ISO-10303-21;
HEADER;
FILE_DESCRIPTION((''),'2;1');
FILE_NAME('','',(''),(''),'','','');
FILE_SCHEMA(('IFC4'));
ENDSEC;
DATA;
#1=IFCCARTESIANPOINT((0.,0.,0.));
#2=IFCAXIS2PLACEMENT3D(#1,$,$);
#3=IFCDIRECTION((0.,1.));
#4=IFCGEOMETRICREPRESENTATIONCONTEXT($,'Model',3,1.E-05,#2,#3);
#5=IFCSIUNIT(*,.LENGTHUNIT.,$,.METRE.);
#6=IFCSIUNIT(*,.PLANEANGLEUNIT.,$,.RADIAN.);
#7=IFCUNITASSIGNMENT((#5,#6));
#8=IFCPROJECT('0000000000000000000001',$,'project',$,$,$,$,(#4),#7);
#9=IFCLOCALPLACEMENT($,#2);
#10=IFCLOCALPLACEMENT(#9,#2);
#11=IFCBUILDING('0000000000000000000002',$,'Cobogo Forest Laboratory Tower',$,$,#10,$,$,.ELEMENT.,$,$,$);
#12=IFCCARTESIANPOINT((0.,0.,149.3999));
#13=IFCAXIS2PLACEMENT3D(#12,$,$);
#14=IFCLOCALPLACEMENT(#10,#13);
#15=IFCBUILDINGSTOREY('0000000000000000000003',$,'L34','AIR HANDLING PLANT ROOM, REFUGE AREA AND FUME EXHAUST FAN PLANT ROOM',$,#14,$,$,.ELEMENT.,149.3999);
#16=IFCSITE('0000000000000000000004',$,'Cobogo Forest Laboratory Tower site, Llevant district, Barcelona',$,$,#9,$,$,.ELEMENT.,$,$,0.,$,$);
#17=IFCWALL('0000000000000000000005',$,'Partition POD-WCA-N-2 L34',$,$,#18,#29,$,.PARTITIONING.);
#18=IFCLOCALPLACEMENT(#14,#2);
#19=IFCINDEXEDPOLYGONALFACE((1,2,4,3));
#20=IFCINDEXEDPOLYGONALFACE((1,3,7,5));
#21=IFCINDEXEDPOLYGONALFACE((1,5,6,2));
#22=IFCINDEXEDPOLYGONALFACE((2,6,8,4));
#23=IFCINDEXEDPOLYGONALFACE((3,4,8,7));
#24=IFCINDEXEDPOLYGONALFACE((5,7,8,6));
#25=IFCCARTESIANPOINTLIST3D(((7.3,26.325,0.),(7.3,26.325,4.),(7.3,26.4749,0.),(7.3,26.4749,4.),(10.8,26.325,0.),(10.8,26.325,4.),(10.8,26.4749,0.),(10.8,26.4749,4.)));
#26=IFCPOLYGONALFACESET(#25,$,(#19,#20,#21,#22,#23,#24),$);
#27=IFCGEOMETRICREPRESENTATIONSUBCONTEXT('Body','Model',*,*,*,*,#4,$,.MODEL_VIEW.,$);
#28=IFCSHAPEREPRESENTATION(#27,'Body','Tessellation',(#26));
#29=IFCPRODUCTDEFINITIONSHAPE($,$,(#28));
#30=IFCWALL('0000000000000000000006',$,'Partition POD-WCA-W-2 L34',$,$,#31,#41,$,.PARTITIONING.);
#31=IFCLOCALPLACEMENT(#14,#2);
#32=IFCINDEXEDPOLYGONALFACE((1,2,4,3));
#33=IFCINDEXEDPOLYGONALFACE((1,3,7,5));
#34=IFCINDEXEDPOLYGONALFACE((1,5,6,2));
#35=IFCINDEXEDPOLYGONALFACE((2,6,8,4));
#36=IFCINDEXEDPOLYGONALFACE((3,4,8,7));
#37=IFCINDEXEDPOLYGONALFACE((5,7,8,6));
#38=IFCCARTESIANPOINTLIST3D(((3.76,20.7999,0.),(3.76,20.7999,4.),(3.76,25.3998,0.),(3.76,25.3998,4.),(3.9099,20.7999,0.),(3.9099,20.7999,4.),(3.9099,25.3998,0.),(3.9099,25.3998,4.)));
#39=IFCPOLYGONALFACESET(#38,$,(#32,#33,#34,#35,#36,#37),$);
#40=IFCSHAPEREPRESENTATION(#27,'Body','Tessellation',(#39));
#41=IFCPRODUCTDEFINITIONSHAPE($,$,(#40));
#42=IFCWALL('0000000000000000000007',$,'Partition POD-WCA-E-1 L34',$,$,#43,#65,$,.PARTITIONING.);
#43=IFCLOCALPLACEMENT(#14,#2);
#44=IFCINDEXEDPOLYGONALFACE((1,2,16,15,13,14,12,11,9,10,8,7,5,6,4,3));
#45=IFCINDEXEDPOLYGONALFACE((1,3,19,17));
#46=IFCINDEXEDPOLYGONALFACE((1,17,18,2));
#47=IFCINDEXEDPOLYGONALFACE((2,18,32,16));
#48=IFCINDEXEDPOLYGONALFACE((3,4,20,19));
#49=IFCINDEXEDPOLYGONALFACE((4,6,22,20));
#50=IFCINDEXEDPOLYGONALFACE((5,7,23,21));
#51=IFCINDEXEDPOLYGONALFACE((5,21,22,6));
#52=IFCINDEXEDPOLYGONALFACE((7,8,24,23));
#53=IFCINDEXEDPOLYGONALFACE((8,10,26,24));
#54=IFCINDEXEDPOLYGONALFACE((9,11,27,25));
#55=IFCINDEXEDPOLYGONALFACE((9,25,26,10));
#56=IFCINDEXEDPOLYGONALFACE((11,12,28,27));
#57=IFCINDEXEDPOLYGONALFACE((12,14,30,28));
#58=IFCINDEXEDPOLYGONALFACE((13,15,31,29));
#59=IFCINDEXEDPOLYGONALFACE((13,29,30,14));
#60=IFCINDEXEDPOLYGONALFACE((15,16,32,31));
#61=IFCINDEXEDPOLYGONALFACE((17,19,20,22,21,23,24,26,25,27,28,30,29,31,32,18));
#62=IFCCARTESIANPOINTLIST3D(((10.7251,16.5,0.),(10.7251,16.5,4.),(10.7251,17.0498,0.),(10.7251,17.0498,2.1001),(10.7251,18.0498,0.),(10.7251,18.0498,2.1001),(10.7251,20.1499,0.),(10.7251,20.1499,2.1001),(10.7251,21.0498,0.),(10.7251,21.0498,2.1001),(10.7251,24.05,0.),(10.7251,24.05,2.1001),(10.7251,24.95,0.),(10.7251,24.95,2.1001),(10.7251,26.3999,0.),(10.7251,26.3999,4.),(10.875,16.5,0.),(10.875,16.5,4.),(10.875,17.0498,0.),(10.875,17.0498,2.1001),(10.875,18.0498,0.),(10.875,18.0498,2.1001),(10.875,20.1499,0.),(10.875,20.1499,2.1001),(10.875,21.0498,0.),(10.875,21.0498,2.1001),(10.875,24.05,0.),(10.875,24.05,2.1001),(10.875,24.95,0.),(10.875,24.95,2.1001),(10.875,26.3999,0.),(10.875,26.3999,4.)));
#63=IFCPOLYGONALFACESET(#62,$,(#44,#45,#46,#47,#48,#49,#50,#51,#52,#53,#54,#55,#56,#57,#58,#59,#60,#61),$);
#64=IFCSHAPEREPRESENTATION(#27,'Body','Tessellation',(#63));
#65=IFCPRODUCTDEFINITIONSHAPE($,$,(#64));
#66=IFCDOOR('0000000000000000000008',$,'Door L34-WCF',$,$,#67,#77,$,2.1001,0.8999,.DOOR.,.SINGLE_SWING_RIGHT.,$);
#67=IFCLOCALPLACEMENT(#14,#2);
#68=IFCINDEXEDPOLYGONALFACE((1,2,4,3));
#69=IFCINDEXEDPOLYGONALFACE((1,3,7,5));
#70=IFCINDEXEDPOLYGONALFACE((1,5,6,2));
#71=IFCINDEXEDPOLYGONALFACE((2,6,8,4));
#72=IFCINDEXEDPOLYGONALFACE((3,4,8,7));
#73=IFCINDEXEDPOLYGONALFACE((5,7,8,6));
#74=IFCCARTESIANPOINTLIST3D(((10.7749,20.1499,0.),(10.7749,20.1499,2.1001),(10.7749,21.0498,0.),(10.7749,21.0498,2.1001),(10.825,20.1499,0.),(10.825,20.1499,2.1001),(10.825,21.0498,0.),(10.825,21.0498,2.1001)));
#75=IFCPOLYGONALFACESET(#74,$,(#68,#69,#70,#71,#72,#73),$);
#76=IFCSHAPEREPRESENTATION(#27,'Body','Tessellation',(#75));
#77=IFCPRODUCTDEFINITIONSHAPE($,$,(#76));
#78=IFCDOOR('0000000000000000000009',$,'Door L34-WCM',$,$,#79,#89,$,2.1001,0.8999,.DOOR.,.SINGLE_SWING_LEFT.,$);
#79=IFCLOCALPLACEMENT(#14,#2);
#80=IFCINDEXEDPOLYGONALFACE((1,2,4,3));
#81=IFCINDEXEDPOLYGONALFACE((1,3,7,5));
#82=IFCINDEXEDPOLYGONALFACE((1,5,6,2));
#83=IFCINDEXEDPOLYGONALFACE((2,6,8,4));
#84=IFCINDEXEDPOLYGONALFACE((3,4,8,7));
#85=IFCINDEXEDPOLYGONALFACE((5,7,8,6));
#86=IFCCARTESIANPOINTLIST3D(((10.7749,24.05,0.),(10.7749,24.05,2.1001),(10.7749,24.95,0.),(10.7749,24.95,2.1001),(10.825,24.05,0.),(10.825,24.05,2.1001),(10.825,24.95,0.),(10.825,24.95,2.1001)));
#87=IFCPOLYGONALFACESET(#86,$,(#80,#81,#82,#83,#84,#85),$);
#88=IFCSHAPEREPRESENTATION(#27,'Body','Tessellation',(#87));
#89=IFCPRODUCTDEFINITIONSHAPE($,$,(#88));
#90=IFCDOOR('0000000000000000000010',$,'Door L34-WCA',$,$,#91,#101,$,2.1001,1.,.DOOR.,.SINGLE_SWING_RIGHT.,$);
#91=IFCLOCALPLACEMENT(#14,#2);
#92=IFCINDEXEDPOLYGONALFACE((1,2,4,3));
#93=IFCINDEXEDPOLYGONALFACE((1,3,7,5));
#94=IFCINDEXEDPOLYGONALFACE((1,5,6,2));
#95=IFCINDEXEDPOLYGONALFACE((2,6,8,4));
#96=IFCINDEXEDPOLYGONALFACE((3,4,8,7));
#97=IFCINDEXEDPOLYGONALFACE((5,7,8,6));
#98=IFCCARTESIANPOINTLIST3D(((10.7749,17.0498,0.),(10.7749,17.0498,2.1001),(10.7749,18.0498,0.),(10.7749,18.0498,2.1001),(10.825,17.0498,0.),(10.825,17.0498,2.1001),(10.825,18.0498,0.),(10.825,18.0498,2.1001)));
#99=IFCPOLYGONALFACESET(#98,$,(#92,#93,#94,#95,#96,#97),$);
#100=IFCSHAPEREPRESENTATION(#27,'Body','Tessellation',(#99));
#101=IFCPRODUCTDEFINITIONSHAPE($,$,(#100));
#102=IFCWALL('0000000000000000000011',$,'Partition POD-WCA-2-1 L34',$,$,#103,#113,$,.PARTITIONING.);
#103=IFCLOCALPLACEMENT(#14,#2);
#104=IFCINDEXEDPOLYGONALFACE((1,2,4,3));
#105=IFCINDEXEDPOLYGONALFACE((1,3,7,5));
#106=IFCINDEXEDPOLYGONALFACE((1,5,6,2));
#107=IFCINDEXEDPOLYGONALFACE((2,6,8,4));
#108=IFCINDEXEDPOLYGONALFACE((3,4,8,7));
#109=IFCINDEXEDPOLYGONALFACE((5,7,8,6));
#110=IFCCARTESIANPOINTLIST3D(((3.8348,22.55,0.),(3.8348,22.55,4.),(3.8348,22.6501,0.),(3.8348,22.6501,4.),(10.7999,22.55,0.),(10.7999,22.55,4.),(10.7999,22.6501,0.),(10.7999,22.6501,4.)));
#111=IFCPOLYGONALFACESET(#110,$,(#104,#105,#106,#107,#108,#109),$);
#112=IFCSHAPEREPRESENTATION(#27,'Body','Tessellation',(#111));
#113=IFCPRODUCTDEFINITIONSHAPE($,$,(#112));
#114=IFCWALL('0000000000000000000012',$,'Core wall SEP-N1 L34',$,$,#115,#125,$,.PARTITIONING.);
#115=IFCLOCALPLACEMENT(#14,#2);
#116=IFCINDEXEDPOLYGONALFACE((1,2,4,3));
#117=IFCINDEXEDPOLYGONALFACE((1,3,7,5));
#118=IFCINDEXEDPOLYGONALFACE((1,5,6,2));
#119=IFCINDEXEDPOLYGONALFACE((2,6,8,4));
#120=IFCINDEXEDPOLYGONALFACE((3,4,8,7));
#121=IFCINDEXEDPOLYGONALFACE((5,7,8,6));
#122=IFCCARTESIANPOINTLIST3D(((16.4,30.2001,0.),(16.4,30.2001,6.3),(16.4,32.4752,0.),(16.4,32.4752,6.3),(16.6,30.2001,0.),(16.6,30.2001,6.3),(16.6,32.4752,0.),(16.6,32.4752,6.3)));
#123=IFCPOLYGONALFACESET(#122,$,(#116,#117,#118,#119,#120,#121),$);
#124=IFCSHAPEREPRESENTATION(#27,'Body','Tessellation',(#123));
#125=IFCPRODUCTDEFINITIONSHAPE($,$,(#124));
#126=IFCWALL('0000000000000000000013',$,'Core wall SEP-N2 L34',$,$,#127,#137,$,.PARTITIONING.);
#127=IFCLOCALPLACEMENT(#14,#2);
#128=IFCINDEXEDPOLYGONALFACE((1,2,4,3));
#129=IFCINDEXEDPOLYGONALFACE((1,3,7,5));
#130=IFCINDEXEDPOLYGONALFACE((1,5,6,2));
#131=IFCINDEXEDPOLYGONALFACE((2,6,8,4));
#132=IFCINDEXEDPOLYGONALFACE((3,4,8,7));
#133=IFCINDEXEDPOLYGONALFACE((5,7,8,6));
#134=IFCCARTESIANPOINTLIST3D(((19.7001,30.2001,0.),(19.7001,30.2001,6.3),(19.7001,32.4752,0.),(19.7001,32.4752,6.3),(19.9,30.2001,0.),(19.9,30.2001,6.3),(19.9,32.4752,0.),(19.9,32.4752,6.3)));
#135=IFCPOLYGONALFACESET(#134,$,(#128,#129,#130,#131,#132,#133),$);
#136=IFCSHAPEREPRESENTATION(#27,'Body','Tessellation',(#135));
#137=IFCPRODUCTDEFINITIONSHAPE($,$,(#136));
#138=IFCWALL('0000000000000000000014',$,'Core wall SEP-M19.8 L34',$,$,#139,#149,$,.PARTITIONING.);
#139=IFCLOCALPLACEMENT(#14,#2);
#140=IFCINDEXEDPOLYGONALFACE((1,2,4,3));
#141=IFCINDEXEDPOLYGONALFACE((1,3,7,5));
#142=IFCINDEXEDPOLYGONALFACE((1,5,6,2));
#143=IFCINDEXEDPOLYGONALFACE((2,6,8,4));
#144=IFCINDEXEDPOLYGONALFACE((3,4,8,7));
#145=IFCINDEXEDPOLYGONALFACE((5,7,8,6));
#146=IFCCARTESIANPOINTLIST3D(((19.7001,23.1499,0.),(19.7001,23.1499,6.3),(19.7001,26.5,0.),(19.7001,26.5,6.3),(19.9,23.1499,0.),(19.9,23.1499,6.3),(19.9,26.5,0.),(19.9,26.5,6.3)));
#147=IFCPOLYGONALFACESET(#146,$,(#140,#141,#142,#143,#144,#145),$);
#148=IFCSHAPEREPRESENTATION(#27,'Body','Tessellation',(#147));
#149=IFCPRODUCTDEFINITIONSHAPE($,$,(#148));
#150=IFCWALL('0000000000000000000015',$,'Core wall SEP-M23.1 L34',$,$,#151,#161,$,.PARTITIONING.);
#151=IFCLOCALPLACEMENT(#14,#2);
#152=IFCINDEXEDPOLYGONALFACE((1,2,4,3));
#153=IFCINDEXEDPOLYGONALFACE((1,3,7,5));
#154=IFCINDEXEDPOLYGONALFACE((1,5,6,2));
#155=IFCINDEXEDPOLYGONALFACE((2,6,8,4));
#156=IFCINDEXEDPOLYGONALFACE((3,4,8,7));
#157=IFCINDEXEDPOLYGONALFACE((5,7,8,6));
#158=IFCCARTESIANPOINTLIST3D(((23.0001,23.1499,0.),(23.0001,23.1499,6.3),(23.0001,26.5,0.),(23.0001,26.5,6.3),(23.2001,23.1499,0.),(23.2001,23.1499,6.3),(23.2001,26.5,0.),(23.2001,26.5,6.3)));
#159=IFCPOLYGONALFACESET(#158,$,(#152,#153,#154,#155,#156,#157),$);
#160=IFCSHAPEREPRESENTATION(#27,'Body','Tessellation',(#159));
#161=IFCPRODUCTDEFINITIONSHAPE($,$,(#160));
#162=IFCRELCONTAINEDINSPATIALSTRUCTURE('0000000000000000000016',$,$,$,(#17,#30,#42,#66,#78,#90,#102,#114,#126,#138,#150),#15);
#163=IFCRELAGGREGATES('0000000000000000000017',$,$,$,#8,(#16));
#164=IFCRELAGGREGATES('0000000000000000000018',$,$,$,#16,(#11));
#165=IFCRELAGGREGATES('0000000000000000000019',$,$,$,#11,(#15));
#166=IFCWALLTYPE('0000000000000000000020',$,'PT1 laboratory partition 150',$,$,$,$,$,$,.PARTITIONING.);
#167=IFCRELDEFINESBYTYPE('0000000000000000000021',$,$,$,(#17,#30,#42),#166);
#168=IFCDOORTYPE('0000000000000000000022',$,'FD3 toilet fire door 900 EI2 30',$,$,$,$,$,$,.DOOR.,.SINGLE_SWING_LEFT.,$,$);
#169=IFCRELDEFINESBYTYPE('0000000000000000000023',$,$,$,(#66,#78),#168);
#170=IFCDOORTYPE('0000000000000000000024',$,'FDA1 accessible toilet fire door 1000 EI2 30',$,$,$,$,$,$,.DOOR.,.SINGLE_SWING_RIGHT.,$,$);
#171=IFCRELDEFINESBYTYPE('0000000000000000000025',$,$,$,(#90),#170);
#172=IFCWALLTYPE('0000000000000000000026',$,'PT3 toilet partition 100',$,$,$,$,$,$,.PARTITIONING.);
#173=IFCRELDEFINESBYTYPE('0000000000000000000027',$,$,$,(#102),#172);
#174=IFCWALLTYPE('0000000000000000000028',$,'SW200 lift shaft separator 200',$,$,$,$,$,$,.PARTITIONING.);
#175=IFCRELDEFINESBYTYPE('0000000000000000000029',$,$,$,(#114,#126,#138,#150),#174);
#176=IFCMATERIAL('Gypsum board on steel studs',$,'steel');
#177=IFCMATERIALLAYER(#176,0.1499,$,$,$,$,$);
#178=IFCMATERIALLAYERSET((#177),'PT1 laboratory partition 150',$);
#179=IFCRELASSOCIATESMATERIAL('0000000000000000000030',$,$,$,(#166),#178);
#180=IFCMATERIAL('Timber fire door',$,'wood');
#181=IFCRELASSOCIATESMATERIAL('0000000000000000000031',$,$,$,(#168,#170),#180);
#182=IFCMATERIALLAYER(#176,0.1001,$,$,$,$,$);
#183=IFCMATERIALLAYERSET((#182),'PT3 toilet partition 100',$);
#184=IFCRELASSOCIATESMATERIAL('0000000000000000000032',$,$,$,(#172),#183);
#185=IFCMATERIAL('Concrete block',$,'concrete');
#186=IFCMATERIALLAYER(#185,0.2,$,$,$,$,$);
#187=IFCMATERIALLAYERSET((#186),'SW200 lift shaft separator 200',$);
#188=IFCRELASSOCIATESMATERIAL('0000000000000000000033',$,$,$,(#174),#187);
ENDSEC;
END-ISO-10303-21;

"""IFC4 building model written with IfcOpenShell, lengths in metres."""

from ifc_helpers import new_model, si_unit, direction, frame, frame_2d, origin, place, context, subcontext, project, spatial, rectangle, extrude, material, layer, layer_set, type_object, element, fill, save


model = new_model("IFC4")

# Units and contexts
model_context = context("Model", 3, precision=1e-05, world=origin(), true_north=direction((0.0, 1.0)))
body_context = subcontext(model_context, "Body", "Model", "MODEL_VIEW")
ifc_project = project(units=[si_unit("LENGTHUNIT", "METRE"), si_unit("PLANEANGLEUNIT", "RADIAN")], contexts=[model_context])

# Site, building, storey
site_placement = place(None, origin())
site = spatial("IfcSite", under=ifc_project, at=site_placement, Name="Cobogo Forest Laboratory Tower site, Llevant district, Barcelona", CompositionType="ELEMENT", RefElevation=0.0)
building_placement = place(site_placement, origin())
building = spatial("IfcBuilding", under=site, at=building_placement, Name="Cobogo Forest Laboratory Tower", CompositionType="ELEMENT")
storey_placement = place(building_placement, frame((0.0, 0.0, 149.3999)))
storey = spatial("IfcBuildingStorey", under=building, at=storey_placement, Name="L34", Description="AIR HANDLING PLANT ROOM, REFUGE AREA AND FUME EXHAUST FAN PLANT ROOM", CompositionType="ELEMENT", Elevation=149.3999)

# Walls
ifc_material_1 = material(Name="Gypsum board on steel studs", Category="steel")
ifc_layer_1 = layer(ifc_material_1, 0.1499)
ifc_layer_set_1 = layer_set([ifc_layer_1], Name="PT1 laboratory partition 150")
wall_type_1 = type_object("IfcWallType", Name="PT1 laboratory partition 150", PredefinedType="PARTITIONING", material=ifc_layer_set_1)
wall_1_placement = place(storey_placement, frame((7.3, 26.3999, 0.0), z_axis=(0.0, 0.0, 1.0), x_axis=(1.0, 0.0, 0.0)))
element("IfcWall", 1, at=wall_1_placement, inside=storey, type_object=wall_type_1, Name="Partition POD-WCA-N-2 L34", PredefinedType="PARTITIONING", context=body_context, shape_type="SweptSolid", body=[
    extrude(rectangle(XDim=3.5, YDim=0.1499, at=frame_2d((1.75, 0.0))), origin(), (0.0, 0.0, 1.0), 4.0),
])
wall_2_placement = place(storey_placement, frame((3.835, 20.8, 0.0), z_axis=(0.0, 0.0, 1.0), x_axis=(0.0, 1.0, 0.0)))
element("IfcWall", 2, at=wall_2_placement, inside=storey, type_object=wall_type_1, Name="Partition POD-WCA-W-2 L34", PredefinedType="PARTITIONING", context=body_context, shape_type="SweptSolid", body=[
    extrude(rectangle(XDim=4.5999, YDim=0.1499, at=frame_2d((2.2998, 0.0))), origin(), (0.0, 0.0, 1.0), 4.0),
])

# Wall, openings, doors
wall_3_placement = place(storey_placement, frame((10.8, 26.3999, 0.0), z_axis=(0.0, 0.0, 1.0), x_axis=(0.0, -1.0, 0.0)))
wall_3 = element("IfcWall", 3, at=wall_3_placement, inside=storey, type_object=wall_type_1, Name="Partition POD-WCA-E-1 L34", PredefinedType="PARTITIONING", context=body_context, shape_type="SweptSolid", body=[
    extrude(rectangle(XDim=9.8999, YDim=0.1499, at=frame_2d((4.95, 0.0))), origin(), (0.0, 0.0, 1.0), 4.0),
])
opening_1_placement = place(wall_3_placement, frame((8.3501, 0.0, 0.0)))
opening_1 = element("IfcOpeningElement", 4, at=opening_1_placement, cuts=wall_3, PredefinedType="OPENING", context=body_context, shape_type="SweptSolid", body=[
    extrude(rectangle(XDim=1.0, YDim=2.1001, at=frame_2d((0.5, 1.05))), frame((0.0, 0.085, 0.0), z_axis=(0.0, -1.0, 0.0), x_axis=(1.0, 0.0, 0.0)), (0.0, 0.0, 1.0), 0.1699),
])
opening_2_placement = place(wall_3_placement, frame((5.3501, 0.0, 0.0)))
opening_2 = element("IfcOpeningElement", 5, at=opening_2_placement, cuts=wall_3, PredefinedType="OPENING", context=body_context, shape_type="SweptSolid", body=[
    extrude(rectangle(XDim=0.8999, YDim=2.1001, at=frame_2d((0.45, 1.05))), frame((0.0, 0.085, 0.0), z_axis=(0.0, -1.0, 0.0), x_axis=(1.0, 0.0, 0.0)), (0.0, 0.0, 1.0), 0.1699),
])
opening_3_placement = place(wall_3_placement, frame((1.45, 0.0, 0.0)))
opening_3 = element("IfcOpeningElement", 6, at=opening_3_placement, cuts=wall_3, PredefinedType="OPENING", context=body_context, shape_type="SweptSolid", body=[
    extrude(rectangle(XDim=0.8999, YDim=2.1001, at=frame_2d((0.45, 1.05))), frame((0.0, 0.085, 0.0), z_axis=(0.0, -1.0, 0.0), x_axis=(1.0, 0.0, 0.0)), (0.0, 0.0, 1.0), 0.1699),
])
ifc_material_2 = material(Name="Timber fire door", Category="wood")
door_type_1 = type_object("IfcDoorType", Name="FD3 toilet fire door 900 EI2 30", OperationType="SINGLE_SWING_LEFT", PredefinedType="DOOR", material=ifc_material_2)
door_1_placement = place(opening_2_placement, origin())
door_1 = element("IfcDoor", 7, at=door_1_placement, inside=storey, type_object=door_type_1, Name="Door L34-WCF", OperationType="SINGLE_SWING_RIGHT", OverallHeight=2.1001, OverallWidth=0.8999, PredefinedType="DOOR", context=body_context, shape_type="SweptSolid", body=[
    extrude(rectangle(XDim=0.8999, YDim=2.1001, at=frame_2d((0.45, 1.05))), frame((0.0, 0.0249, 0.0), z_axis=(0.0, -1.0, 0.0), x_axis=(1.0, 0.0, 0.0)), (0.0, 0.0, 1.0), 0.05),
])
fill(opening_2, door_1)
door_2_placement = place(opening_3_placement, origin())
door_2 = element("IfcDoor", 8, at=door_2_placement, inside=storey, type_object=door_type_1, Name="Door L34-WCM", OperationType="SINGLE_SWING_LEFT", OverallHeight=2.1001, OverallWidth=0.8999, PredefinedType="DOOR", context=body_context, shape_type="SweptSolid", body=[
    extrude(rectangle(XDim=0.8999, YDim=2.1001, at=frame_2d((0.45, 1.05))), frame((0.0, 0.0249, 0.0), z_axis=(0.0, -1.0, 0.0), x_axis=(1.0, 0.0, 0.0)), (0.0, 0.0, 1.0), 0.05),
])
fill(opening_3, door_2)
door_type_2 = type_object("IfcDoorType", Name="FDA1 accessible toilet fire door 1000 EI2 30", OperationType="SINGLE_SWING_RIGHT", PredefinedType="DOOR", material=ifc_material_2)
door_3_placement = place(opening_1_placement, origin())
door_3 = element("IfcDoor", 9, at=door_3_placement, inside=storey, type_object=door_type_2, Name="Door L34-WCA", OperationType="SINGLE_SWING_RIGHT", OverallHeight=2.1001, OverallWidth=1.0, PredefinedType="DOOR", context=body_context, shape_type="SweptSolid", body=[
    extrude(rectangle(XDim=1.0, YDim=2.1001, at=frame_2d((0.5, 1.05))), frame((0.0, 0.0249, 0.0), z_axis=(0.0, -1.0, 0.0), x_axis=(1.0, 0.0, 0.0)), (0.0, 0.0, 1.0), 0.05),
])
fill(opening_1, door_3)

# Walls
ifc_layer_2 = layer(ifc_material_1, 0.1001)
ifc_layer_set_2 = layer_set([ifc_layer_2], Name="PT3 toilet partition 100")
wall_type_2 = type_object("IfcWallType", Name="PT3 toilet partition 100", PredefinedType="PARTITIONING", material=ifc_layer_set_2)
wall_4_placement = place(storey_placement, frame((3.835, 22.6001, 0.0), z_axis=(0.0, 0.0, 1.0), x_axis=(1.0, 0.0, 0.0)))
element("IfcWall", 10, at=wall_4_placement, inside=storey, type_object=wall_type_2, Name="Partition POD-WCA-2-1 L34", PredefinedType="PARTITIONING", context=body_context, shape_type="SweptSolid", body=[
    extrude(rectangle(XDim=6.9651, YDim=0.1001, at=frame_2d((3.4824, 0.0))), origin(), (0.0, 0.0, 1.0), 4.0),
])
ifc_material_3 = material(Name="Concrete block", Category="concrete")
ifc_layer_3 = layer(ifc_material_3, 0.2)
ifc_layer_set_3 = layer_set([ifc_layer_3], Name="SW200 lift shaft separator 200")
wall_type_3 = type_object("IfcWallType", Name="SW200 lift shaft separator 200", PredefinedType="PARTITIONING", material=ifc_layer_set_3)
for number, where, z_axis, x_axis, name in (
    (11, (16.5, 30.2, 0.0), (0.0, 0.0, 1.0), (0.0, 1.0, 0.0), "Core wall SEP-N1 L34"),
    (12, (19.8, 30.2, 0.0), (0.0, 0.0, 1.0), (0.0, 1.0, 0.0), "Core wall SEP-N2 L34"),
):
    element("IfcWall", number, at=place(storey_placement, frame(where, z_axis=z_axis, x_axis=x_axis)), inside=storey, type_object=wall_type_3, Name=name, PredefinedType="PARTITIONING", context=body_context, shape_type="SweptSolid", body=[
        extrude(rectangle(XDim=2.2751, YDim=0.2, at=frame_2d((1.1377, 0.0))), origin(), (0.0, 0.0, 1.0), 6.3),
    ])
for number, where, z_axis, x_axis, name in (
    (13, (19.8, 23.1499, 0.0), (0.0, 0.0, 1.0), (0.0, 1.0, 0.0), "Core wall SEP-M19.8 L34"),
    (14, (23.1001, 23.1499, 0.0), (0.0, 0.0, 1.0), (0.0, 1.0, 0.0), "Core wall SEP-M23.1 L34"),
):
    element("IfcWall", number, at=place(storey_placement, frame(where, z_axis=z_axis, x_axis=x_axis)), inside=storey, type_object=wall_type_3, Name=name, PredefinedType="PARTITIONING", context=body_context, shape_type="SweptSolid", body=[
        extrude(rectangle(XDim=3.3501, YDim=0.2, at=frame_2d((1.675, 0.0))), origin(), (0.0, 0.0, 1.0), 6.3),
    ])

save(model, "model.ifc")
